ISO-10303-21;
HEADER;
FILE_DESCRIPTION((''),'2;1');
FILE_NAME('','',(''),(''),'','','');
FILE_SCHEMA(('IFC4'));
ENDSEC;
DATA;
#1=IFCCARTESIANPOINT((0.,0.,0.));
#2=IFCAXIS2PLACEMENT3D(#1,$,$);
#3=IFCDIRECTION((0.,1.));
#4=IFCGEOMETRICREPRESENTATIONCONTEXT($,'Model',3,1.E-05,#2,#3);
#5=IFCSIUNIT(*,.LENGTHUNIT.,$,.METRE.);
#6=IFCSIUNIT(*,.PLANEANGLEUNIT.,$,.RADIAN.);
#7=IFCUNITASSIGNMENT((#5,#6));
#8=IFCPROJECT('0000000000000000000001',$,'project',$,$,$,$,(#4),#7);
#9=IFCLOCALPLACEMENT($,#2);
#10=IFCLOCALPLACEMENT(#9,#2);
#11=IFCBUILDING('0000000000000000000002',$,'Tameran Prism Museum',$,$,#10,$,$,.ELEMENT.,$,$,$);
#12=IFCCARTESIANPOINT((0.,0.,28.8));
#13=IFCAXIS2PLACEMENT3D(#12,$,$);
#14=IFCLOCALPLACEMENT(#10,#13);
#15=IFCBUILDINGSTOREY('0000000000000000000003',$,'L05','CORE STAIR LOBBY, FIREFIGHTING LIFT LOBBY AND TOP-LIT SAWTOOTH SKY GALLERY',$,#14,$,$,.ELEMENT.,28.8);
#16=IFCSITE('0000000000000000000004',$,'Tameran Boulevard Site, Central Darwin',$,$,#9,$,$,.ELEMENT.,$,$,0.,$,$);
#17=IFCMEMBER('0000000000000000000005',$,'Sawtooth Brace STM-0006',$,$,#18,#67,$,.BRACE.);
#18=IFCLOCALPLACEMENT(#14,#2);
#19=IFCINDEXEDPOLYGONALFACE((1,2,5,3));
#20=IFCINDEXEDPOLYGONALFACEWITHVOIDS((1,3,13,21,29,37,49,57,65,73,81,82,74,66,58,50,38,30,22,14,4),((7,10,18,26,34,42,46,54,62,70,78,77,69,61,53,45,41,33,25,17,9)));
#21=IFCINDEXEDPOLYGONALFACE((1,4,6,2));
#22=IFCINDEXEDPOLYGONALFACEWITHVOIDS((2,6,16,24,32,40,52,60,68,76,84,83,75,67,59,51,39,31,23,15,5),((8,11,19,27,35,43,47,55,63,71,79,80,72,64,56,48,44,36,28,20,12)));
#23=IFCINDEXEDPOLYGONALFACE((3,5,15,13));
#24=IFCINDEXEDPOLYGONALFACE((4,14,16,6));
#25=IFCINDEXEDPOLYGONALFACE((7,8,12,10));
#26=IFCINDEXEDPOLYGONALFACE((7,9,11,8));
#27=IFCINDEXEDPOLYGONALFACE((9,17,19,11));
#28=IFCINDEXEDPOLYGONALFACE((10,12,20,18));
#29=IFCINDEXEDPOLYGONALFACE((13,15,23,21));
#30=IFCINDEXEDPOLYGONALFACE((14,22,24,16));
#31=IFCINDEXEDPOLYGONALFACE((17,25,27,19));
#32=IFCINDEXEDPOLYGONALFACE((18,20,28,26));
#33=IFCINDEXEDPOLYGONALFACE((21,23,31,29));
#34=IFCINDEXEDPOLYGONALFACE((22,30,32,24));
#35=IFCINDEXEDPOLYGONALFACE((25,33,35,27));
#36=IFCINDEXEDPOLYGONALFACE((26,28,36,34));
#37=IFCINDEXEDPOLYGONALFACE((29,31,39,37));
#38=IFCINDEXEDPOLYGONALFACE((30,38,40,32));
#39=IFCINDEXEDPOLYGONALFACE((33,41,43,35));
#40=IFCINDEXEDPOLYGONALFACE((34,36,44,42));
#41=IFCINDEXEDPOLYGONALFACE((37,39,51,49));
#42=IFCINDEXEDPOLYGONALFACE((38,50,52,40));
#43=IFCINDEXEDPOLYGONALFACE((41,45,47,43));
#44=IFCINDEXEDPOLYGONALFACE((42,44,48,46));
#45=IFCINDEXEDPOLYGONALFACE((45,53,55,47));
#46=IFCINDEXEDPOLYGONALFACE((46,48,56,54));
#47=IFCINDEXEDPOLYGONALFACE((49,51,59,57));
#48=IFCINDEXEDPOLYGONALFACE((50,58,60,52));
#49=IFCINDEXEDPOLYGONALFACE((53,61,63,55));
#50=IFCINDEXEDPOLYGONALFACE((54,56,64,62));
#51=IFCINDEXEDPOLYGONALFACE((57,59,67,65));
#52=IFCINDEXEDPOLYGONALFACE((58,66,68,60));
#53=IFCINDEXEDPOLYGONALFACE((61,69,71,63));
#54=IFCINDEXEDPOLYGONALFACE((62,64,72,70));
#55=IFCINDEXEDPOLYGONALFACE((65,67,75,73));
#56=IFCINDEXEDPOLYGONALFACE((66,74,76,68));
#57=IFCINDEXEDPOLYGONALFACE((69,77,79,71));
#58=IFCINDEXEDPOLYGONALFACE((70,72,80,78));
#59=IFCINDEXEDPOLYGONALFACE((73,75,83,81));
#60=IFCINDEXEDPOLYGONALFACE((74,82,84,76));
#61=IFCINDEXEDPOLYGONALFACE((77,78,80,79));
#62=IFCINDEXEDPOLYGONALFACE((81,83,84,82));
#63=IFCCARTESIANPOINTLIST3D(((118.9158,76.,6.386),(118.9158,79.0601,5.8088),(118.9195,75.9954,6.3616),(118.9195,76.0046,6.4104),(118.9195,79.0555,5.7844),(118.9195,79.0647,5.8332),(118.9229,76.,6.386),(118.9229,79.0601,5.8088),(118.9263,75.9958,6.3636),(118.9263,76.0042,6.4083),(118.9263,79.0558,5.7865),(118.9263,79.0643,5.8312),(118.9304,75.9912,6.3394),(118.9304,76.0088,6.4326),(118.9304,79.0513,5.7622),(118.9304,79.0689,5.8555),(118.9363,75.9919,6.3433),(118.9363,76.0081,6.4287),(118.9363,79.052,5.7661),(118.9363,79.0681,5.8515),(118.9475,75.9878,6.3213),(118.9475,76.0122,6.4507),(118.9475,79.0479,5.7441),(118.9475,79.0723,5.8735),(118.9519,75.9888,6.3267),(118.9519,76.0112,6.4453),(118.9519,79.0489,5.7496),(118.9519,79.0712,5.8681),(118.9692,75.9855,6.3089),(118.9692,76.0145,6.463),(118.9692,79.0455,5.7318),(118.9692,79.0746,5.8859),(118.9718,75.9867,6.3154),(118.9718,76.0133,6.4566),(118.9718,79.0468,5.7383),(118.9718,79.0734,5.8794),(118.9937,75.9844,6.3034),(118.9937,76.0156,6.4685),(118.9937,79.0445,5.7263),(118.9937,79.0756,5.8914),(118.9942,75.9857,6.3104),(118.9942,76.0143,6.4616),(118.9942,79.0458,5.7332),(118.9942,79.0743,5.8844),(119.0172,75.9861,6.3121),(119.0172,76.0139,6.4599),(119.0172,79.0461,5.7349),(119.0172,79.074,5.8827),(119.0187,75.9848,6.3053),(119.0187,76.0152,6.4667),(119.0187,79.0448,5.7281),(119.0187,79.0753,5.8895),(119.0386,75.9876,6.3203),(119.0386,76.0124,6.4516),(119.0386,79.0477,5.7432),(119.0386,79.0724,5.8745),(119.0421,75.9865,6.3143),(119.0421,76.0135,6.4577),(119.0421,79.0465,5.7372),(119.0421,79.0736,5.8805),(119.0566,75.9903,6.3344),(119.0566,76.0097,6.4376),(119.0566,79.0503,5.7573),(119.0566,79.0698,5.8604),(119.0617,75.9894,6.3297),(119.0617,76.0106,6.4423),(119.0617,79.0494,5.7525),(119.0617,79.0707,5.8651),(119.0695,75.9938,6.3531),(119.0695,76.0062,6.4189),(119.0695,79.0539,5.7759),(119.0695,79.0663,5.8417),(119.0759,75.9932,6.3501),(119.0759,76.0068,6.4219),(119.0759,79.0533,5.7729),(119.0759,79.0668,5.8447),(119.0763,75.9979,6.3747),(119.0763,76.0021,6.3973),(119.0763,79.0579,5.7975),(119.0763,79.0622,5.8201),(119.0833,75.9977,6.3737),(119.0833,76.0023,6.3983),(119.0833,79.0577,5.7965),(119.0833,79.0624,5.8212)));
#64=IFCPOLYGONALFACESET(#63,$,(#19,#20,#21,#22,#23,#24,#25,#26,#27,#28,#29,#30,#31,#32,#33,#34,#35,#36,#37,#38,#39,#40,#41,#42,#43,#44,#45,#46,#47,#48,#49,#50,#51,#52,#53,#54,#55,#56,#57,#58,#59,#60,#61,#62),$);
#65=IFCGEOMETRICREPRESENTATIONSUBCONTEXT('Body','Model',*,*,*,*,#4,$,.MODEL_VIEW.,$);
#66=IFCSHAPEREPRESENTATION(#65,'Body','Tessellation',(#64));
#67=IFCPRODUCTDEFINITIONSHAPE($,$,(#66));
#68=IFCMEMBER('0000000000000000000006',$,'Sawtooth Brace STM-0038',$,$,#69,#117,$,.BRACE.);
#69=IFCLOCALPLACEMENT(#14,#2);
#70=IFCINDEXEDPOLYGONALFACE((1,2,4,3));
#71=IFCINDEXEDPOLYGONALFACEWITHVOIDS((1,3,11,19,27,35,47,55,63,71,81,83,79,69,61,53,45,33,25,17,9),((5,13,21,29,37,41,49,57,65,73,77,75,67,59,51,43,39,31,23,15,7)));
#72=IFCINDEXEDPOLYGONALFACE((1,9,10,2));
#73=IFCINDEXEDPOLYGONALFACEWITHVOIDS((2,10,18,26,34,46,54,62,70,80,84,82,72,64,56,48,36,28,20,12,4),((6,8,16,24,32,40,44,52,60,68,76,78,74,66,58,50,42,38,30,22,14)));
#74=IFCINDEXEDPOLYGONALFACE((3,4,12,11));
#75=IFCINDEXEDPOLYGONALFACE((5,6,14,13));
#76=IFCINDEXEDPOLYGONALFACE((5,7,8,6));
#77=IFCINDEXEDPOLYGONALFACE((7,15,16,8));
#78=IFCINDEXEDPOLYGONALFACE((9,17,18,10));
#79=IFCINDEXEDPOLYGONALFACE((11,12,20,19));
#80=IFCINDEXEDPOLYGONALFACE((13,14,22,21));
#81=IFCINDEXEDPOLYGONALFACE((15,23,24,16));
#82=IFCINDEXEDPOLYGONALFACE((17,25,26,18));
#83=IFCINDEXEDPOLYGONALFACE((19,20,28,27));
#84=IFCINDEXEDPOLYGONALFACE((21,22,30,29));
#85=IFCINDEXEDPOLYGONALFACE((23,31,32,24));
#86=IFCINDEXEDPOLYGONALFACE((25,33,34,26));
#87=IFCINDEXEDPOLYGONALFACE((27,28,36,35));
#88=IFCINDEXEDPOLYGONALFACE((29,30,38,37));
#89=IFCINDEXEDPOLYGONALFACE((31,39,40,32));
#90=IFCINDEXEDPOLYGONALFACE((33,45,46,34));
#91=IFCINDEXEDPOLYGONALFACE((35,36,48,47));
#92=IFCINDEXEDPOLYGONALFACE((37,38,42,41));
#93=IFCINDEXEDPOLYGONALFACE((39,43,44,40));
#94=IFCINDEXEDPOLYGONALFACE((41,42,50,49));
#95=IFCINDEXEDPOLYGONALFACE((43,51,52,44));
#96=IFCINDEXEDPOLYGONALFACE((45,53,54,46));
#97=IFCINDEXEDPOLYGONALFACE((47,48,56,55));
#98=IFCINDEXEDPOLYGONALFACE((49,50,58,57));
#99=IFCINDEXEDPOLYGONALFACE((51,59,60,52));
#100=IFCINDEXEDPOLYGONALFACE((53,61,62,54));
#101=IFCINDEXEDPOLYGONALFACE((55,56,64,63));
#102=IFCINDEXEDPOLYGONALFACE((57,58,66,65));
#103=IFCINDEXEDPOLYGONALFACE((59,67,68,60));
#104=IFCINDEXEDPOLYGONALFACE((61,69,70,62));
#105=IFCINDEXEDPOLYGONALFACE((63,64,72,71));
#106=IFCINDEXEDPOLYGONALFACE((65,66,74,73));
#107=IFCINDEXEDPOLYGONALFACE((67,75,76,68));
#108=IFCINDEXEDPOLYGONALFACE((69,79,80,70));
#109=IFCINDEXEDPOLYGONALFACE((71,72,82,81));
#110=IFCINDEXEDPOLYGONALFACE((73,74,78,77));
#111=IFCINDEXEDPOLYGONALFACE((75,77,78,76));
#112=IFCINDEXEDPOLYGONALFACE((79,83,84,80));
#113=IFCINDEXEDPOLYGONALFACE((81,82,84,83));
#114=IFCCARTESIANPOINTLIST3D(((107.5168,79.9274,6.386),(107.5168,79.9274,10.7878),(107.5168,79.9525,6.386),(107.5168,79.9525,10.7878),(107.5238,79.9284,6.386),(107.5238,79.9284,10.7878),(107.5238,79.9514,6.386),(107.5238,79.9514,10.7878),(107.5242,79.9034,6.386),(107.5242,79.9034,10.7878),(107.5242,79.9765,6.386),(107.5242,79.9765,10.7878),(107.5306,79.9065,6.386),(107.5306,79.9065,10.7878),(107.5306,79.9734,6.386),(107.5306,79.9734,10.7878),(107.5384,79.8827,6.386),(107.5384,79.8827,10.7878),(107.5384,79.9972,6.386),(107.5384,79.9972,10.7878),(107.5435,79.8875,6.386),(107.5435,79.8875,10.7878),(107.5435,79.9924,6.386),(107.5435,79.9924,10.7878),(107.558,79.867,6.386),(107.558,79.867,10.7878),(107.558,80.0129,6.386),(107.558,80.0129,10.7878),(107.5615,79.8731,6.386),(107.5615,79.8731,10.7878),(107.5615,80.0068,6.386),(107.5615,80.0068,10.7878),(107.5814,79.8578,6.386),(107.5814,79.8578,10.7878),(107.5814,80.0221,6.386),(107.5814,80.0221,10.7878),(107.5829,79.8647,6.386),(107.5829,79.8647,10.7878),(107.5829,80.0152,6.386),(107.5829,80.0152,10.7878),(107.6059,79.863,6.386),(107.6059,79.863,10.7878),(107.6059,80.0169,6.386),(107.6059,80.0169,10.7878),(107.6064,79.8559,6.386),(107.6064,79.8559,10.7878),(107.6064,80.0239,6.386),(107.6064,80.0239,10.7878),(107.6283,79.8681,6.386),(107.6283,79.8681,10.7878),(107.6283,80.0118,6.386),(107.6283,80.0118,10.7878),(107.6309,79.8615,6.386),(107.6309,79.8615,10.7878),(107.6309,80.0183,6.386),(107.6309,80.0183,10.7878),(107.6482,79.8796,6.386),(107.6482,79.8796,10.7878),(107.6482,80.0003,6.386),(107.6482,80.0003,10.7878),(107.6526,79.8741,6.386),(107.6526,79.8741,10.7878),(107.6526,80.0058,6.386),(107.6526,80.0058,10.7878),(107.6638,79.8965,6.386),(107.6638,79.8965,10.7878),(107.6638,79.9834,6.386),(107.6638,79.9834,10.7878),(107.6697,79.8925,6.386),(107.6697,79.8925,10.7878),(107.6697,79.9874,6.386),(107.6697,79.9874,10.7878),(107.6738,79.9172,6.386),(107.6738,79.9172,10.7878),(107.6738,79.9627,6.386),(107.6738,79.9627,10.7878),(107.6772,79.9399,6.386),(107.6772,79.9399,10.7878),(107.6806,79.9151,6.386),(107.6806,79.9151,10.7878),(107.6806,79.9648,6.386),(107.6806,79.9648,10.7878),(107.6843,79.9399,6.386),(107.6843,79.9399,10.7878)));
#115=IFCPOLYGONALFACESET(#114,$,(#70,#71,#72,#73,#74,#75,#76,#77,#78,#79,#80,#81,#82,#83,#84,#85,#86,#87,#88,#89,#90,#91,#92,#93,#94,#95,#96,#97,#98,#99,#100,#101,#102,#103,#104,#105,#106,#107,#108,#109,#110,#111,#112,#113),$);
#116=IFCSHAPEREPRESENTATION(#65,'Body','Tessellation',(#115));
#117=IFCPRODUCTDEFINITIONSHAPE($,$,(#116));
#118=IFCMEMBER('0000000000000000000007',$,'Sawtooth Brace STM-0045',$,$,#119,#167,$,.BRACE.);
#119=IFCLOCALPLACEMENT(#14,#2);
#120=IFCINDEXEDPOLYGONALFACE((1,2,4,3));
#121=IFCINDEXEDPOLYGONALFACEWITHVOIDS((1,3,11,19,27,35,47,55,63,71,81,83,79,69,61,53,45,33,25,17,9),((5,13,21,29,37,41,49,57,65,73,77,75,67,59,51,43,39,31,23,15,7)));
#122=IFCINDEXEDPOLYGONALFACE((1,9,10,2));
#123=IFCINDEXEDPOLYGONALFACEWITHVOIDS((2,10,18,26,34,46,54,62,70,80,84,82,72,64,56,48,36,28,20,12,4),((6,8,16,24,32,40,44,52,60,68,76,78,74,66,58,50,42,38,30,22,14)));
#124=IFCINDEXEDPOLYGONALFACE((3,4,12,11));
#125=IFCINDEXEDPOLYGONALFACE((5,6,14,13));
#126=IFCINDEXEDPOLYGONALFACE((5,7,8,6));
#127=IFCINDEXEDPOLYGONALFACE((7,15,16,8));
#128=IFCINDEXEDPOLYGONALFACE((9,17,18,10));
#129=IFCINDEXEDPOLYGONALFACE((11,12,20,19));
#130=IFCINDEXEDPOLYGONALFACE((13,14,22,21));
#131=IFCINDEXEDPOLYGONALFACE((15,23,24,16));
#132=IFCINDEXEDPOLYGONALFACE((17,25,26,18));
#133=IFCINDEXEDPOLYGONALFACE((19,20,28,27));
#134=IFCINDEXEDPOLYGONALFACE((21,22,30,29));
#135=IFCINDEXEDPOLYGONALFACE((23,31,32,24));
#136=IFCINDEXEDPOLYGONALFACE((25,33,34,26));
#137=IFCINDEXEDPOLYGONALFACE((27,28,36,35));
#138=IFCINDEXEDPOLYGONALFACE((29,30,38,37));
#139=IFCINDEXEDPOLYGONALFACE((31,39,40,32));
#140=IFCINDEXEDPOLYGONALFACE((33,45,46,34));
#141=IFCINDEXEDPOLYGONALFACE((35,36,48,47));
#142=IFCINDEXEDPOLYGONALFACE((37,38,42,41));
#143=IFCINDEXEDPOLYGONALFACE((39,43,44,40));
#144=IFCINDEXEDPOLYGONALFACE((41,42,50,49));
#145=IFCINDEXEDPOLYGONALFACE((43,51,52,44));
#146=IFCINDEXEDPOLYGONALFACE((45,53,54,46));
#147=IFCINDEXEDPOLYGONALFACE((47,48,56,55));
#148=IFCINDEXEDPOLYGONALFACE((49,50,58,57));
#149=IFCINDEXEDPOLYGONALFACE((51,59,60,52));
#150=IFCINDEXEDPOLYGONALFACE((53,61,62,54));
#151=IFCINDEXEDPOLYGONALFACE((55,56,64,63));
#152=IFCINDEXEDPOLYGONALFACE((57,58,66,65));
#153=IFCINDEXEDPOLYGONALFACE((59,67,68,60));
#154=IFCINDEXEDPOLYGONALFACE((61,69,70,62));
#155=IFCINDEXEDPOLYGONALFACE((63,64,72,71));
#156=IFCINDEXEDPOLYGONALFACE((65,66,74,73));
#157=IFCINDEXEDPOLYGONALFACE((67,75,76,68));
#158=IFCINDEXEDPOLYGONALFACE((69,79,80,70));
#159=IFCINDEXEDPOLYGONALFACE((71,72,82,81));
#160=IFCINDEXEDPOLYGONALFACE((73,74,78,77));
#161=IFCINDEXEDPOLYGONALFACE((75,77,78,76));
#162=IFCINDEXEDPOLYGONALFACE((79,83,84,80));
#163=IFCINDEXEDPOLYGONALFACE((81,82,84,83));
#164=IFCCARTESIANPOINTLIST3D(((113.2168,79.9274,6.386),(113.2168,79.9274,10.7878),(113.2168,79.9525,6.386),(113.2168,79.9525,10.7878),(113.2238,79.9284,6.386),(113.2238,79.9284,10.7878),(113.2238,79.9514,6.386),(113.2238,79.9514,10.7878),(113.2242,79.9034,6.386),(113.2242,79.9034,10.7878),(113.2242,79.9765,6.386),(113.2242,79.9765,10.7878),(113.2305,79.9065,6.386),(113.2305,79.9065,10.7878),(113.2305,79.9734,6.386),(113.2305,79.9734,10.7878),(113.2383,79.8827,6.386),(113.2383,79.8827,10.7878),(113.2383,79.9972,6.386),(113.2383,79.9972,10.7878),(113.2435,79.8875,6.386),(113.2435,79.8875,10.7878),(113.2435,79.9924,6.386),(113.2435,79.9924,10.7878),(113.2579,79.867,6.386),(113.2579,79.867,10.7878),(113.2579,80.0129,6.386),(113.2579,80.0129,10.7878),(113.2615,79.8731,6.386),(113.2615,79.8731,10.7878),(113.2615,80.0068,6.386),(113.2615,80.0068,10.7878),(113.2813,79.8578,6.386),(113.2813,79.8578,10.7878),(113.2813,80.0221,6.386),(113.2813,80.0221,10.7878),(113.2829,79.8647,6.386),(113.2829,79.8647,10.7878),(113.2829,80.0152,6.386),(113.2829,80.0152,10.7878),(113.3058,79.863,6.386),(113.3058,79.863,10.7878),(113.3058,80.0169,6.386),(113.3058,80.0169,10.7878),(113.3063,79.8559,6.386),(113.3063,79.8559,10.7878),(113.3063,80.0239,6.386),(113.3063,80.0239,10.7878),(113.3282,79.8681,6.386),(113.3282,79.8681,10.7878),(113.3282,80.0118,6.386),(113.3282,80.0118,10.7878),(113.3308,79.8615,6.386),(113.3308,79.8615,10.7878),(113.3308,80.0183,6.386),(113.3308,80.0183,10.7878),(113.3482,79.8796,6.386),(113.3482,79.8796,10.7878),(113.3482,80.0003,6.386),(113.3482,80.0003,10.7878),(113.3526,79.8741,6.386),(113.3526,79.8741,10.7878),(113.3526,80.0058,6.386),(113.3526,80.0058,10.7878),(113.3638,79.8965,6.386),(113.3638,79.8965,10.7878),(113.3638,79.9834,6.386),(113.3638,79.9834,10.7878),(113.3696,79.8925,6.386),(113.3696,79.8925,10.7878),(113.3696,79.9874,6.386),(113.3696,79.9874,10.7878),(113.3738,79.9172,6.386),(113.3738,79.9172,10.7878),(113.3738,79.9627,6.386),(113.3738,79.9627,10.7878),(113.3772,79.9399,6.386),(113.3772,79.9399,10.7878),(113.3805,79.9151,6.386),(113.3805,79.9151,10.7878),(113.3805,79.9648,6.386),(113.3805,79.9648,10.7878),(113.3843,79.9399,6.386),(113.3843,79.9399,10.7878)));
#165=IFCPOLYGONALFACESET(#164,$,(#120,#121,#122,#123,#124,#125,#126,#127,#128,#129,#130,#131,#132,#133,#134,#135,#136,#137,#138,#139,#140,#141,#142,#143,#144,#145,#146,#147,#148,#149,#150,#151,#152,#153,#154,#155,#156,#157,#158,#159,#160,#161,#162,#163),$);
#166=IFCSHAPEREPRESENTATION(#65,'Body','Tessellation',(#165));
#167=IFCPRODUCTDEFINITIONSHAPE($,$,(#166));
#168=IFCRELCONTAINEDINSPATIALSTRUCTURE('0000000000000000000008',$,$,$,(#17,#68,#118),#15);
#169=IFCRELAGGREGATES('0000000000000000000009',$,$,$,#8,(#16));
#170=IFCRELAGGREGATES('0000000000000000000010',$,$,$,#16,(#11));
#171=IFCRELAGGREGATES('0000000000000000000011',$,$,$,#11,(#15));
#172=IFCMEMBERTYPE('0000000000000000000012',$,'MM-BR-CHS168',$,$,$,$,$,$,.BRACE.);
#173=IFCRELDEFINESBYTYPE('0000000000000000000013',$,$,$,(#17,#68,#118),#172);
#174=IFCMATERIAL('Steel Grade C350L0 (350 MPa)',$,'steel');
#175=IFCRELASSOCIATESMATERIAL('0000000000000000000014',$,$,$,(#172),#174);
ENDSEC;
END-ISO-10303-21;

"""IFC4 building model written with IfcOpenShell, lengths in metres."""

from ifc_helpers import new_model, si_unit, direction, frame, origin, origin_2d, place, context, subcontext, project, spatial, hollow_circle, extrude, material, material_profile, profile_set, type_object, element, save


model = new_model("IFC4")

# Units and contexts
model_context = context("Model", 3, precision=1e-05, world=origin(), true_north=direction((0.0, 1.0)))
body_context = subcontext(model_context, "Body", "Model", "MODEL_VIEW")
ifc_project = project(units=[si_unit("LENGTHUNIT", "METRE"), si_unit("PLANEANGLEUNIT", "RADIAN")], contexts=[model_context])

# Site, building, storey
site_placement = place(None, origin())
site = spatial("IfcSite", under=ifc_project, at=site_placement, Name="Tameran Boulevard Site, Central Darwin", CompositionType="ELEMENT", RefElevation=0.0)
building_placement = place(site_placement, origin())
building = spatial("IfcBuilding", under=site, at=building_placement, Name="Tameran Prism Museum", CompositionType="ELEMENT")
storey_placement = place(building_placement, frame((0.0, 0.0, 28.8)))
storey = spatial("IfcBuildingStorey", under=building, at=storey_placement, Name="L05", Description="CORE STAIR LOBBY, FIREFIGHTING LIFT LOBBY AND TOP-LIT SAWTOOTH SKY GALLERY", CompositionType="ELEMENT", Elevation=28.8)

# Members
ifc_material_1 = material(Name="Steel Grade C350L0 (350 MPa)", Category="steel")
ifc_material_profile_1 = material_profile(ifc_material_1, hollow_circle(Radius=0.0842, WallThickness=0.0071, at=origin_2d()))
ifc_profile_set_1 = profile_set([ifc_material_profile_1])
member_type_1 = type_object("IfcMemberType", Name="MM-BR-CHS168", PredefinedType="BRACE", material=ifc_profile_set_1)
member_1_placement = place(storey_placement, frame((119.0, 76.0, 6.386), z_axis=(0.0, 0.982675, -0.185339), x_axis=(-1.0, 0.0, 0.0)))
element("IfcMember", 1, at=member_1_placement, inside=storey, type_object=member_type_1, Name="Sawtooth Brace STM-0006", PredefinedType="BRACE", context=body_context, shape_type="SweptSolid", body=[
    extrude(hollow_circle(Radius=0.0842, WallThickness=0.0071, at=origin_2d()), origin(), (0.0, 0.0, 1.0), 3.114),
])
for number, where, z_axis, x_axis, name in (
    (2, (107.6001, 79.9399, 6.386), (0.0, 0.0, 1.0), (1.0, 0.0, 0.0), "Sawtooth Brace STM-0038"),
    (3, (113.3, 79.9399, 6.386), (0.0, 0.0, 1.0), (1.0, 0.0, 0.0), "Sawtooth Brace STM-0045"),
):
    element("IfcMember", number, at=place(storey_placement, frame(where, z_axis=z_axis, x_axis=x_axis)), inside=storey, type_object=member_type_1, Name=name, PredefinedType="BRACE", context=body_context, shape_type="SweptSolid", body=[
        extrude(hollow_circle(Radius=0.0842, WallThickness=0.0071, at=origin_2d()), origin(), (0.0, 0.0, 1.0), 4.4019),
    ])

save(model, "model.ifc")
